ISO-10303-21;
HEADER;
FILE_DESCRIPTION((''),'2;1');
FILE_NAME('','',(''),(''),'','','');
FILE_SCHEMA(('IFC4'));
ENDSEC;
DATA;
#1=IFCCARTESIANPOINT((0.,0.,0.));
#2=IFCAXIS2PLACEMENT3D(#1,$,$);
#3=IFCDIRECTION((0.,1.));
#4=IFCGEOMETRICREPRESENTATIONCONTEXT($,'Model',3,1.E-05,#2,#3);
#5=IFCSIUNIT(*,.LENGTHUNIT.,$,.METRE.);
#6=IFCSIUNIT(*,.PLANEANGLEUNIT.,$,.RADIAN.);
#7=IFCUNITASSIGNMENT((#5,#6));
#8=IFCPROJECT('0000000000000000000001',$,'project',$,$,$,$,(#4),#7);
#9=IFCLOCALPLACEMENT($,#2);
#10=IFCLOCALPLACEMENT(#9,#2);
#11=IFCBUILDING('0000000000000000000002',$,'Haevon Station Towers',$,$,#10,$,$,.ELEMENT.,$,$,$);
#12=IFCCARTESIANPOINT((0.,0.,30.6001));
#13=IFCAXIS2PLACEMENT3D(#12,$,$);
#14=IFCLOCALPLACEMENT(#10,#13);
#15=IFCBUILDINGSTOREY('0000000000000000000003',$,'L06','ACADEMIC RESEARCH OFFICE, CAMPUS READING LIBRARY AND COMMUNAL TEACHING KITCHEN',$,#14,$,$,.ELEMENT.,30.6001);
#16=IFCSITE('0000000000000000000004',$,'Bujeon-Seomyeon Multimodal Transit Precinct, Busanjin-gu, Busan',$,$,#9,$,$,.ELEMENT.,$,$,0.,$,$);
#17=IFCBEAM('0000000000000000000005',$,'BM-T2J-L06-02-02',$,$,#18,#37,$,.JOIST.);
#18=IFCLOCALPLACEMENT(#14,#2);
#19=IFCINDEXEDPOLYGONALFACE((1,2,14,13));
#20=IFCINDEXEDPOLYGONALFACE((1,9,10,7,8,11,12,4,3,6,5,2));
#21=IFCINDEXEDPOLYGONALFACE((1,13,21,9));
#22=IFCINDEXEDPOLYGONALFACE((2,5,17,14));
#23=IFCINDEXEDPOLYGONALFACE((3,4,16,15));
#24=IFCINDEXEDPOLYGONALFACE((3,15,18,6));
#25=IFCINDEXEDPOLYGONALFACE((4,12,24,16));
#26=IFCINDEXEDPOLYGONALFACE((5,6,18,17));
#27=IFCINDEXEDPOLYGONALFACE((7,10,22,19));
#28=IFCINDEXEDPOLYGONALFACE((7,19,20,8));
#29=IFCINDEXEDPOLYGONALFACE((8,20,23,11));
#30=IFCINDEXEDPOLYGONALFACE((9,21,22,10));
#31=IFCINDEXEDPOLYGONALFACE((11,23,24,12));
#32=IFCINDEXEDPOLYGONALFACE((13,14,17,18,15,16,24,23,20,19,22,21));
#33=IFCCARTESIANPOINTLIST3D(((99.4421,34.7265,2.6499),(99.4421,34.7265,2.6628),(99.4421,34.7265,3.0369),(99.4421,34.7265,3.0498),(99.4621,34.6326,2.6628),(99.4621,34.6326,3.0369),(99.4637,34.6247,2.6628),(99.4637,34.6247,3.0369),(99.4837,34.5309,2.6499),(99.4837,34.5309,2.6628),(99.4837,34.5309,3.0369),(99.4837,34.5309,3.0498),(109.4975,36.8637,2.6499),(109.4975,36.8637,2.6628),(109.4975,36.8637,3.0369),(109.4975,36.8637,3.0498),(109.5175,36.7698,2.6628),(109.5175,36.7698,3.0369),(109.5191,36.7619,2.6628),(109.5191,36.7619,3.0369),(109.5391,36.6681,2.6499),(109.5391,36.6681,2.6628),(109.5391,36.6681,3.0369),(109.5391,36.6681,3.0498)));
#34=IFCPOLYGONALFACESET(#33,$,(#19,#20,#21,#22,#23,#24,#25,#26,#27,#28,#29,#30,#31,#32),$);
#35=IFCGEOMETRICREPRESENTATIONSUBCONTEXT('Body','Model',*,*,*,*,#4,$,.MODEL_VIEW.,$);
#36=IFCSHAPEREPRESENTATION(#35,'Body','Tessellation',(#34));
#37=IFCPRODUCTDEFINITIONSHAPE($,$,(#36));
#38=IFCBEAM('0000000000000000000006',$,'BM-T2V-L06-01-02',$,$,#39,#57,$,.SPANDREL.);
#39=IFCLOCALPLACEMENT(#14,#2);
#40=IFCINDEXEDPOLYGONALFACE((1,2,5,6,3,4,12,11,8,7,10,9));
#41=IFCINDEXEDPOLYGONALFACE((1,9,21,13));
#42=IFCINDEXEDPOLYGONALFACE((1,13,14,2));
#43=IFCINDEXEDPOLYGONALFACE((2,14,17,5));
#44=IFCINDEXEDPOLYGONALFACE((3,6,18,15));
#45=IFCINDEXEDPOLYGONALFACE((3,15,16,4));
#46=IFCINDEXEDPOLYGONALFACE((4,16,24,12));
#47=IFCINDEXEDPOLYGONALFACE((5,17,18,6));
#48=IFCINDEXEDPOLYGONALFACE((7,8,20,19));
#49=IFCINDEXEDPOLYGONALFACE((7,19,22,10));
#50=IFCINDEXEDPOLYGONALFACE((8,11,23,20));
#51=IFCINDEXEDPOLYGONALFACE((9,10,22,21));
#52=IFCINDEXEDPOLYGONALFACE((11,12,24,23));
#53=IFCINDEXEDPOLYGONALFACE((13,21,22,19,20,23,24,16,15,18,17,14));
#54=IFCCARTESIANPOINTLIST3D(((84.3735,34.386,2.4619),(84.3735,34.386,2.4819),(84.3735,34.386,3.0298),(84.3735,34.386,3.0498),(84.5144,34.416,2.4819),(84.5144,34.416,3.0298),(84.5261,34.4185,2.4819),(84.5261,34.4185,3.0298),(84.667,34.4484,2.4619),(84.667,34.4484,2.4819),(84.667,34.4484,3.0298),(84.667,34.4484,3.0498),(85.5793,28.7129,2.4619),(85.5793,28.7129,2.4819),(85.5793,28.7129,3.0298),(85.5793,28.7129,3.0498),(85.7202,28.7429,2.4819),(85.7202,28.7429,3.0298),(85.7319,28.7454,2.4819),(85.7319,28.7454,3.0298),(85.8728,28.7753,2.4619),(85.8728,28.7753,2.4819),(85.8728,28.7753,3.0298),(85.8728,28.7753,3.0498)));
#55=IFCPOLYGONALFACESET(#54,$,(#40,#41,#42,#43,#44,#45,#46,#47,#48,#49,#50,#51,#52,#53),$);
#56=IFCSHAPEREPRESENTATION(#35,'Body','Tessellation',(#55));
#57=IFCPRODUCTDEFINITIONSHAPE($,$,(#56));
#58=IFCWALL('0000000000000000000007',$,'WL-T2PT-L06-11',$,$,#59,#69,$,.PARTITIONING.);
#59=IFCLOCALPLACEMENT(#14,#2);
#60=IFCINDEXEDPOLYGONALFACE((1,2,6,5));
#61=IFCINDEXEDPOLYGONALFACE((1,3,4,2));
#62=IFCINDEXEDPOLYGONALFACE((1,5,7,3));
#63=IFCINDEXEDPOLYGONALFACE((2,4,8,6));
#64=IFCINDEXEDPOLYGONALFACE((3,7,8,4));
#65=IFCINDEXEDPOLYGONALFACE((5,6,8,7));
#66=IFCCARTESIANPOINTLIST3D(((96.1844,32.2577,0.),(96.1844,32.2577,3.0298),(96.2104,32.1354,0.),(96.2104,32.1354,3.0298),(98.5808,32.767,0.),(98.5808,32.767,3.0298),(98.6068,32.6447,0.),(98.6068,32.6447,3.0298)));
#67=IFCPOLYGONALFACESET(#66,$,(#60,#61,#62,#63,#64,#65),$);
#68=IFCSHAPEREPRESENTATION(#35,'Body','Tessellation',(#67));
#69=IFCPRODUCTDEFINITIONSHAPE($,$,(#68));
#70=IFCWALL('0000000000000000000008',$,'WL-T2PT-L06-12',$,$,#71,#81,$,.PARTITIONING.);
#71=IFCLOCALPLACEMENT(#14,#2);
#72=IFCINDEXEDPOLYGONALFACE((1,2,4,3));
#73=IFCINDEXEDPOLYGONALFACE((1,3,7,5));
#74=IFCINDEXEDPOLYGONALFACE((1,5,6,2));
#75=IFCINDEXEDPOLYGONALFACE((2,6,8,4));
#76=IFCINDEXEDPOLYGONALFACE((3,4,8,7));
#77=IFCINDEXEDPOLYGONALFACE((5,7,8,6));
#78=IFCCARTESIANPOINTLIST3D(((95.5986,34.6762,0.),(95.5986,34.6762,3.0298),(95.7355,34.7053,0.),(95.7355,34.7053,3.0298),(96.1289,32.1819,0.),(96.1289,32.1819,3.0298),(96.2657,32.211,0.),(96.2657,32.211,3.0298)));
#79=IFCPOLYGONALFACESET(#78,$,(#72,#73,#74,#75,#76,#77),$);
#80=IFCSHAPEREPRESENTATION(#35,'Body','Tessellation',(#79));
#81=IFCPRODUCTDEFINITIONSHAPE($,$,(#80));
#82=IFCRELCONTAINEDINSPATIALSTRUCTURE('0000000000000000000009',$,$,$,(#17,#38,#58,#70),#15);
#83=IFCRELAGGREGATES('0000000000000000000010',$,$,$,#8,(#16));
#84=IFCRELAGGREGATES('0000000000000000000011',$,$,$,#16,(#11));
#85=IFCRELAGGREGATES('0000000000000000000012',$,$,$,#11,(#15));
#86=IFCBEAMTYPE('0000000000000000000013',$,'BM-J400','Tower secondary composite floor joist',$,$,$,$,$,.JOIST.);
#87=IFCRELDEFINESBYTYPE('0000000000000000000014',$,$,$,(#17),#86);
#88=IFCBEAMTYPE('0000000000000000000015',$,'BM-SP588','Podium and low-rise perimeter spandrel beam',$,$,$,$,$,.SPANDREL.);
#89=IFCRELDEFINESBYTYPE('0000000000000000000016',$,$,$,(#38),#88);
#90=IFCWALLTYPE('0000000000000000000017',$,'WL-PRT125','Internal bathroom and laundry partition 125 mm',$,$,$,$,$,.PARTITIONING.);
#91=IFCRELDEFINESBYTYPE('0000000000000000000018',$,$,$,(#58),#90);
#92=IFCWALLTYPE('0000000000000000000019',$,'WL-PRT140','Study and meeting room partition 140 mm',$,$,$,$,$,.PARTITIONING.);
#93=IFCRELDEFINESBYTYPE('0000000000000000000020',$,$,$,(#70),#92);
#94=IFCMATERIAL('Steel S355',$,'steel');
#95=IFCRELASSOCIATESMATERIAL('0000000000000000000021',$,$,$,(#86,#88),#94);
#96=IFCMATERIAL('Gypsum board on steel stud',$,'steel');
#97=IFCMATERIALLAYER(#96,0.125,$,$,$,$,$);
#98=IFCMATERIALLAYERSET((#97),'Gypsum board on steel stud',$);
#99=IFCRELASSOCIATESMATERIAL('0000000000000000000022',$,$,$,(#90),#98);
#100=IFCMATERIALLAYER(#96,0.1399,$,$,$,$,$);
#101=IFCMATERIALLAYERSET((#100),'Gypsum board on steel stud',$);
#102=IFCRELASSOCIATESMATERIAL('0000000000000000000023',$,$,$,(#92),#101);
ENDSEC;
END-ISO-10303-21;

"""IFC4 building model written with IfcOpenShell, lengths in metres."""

from ifc_helpers import new_model, si_unit, direction, frame, frame_2d, origin, origin_2d, place, context, subcontext, project, spatial, rectangle, i_section, extrude, material, layer, layer_set, material_profile, profile_set, type_object, element, save


model = new_model("IFC4")

# Units and contexts
model_context = context("Model", 3, precision=1e-05, world=origin(), true_north=direction((0.0, 1.0)))
body_context = subcontext(model_context, "Body", "Model", "MODEL_VIEW")
ifc_project = project(units=[si_unit("LENGTHUNIT", "METRE"), si_unit("PLANEANGLEUNIT", "RADIAN")], contexts=[model_context])

# Site, building, storey
site_placement = place(None, origin())
site = spatial("IfcSite", under=ifc_project, at=site_placement, Name="Bujeon-Seomyeon Multimodal Transit Precinct, Busanjin-gu, Busan", CompositionType="ELEMENT", RefElevation=0.0)
building_placement = place(site_placement, origin())
building = spatial("IfcBuilding", under=site, at=building_placement, Name="Haevon Station Towers", CompositionType="ELEMENT")
storey_placement = place(building_placement, frame((0.0, 0.0, 30.6001)))
storey = spatial("IfcBuildingStorey", under=building, at=storey_placement, Name="L06", Description="ACADEMIC RESEARCH OFFICE, CAMPUS READING LIBRARY AND COMMUNAL TEACHING KITCHEN", CompositionType="ELEMENT", Elevation=30.6001)

# Beams
ifc_material_1 = material(Name="Steel S355", Category="steel")
ifc_material_profile_1 = material_profile(ifc_material_1, i_section(OverallWidth=0.2, OverallDepth=0.3999, WebThickness=0.0081, FlangeThickness=0.0129, at=origin_2d()), Name="H-400x200x8x13")
ifc_profile_set_1 = profile_set([ifc_material_profile_1], Name="Steel S355")
beam_type_1 = type_object("IfcBeamType", Name="BM-J400", Description="Tower secondary composite floor joist", PredefinedType="JOIST", material=ifc_profile_set_1)
beam_1_placement = place(storey_placement, frame((99.4629, 34.6287, 2.8499), z_axis=(0.97815, 0.207899, 0.0), x_axis=(-0.207899, 0.97815, 0.0)))
element("IfcBeam", 1, at=beam_1_placement, inside=storey, type_object=beam_type_1, Name="BM-T2J-L06-02-02", PredefinedType="JOIST", context=body_context, shape_type="SweptSolid", body=[
    extrude(i_section(OverallWidth=0.2, OverallDepth=0.3999, WebThickness=0.0081, FlangeThickness=0.0129, at=origin_2d()), origin(), (0.0, 0.0, 1.0), 10.28),
])
ifc_material_profile_2 = material_profile(ifc_material_1, i_section(OverallWidth=0.3, OverallDepth=0.5879, WebThickness=0.012, FlangeThickness=0.02, at=origin_2d()), Name="H-588x300x12x20")
ifc_profile_set_2 = profile_set([ifc_material_profile_2], Name="Steel S355")
beam_type_2 = type_object("IfcBeamType", Name="BM-SP588", Description="Podium and low-rise perimeter spandrel beam", PredefinedType="SPANDREL", material=ifc_profile_set_2)
beam_2_placement = place(storey_placement, frame((85.7261, 28.7441, 2.7559), z_axis=(-0.207905, 0.978149, 0.0), x_axis=(-0.978149, -0.207905, 0.0)))
element("IfcBeam", 2, at=beam_2_placement, inside=storey, type_object=beam_type_2, Name="BM-T2V-L06-01-02", PredefinedType="SPANDREL", context=body_context, shape_type="SweptSolid", body=[
    extrude(i_section(OverallWidth=0.3, OverallDepth=0.5879, WebThickness=0.012, FlangeThickness=0.02, at=origin_2d()), origin(), (0.0, 0.0, 1.0), 5.7998),
])

# Walls
ifc_material_2 = material(Name="Gypsum board on steel stud", Category="steel")
ifc_layer_1 = layer(ifc_material_2, 0.125)
ifc_layer_set_1 = layer_set([ifc_layer_1], Name="Gypsum board on steel stud")
wall_type_1 = type_object("IfcWallType", Name="WL-PRT125", Description="Internal bathroom and laundry partition 125 mm", PredefinedType="PARTITIONING", material=ifc_layer_set_1)
wall_1_placement = place(storey_placement, frame((96.1973, 32.1965, 0.0), z_axis=(0.0, 0.0, 1.0), x_axis=(0.978157, 0.207868, 0.0)))
element("IfcWall", 3, at=wall_1_placement, inside=storey, type_object=wall_type_1, Name="WL-T2PT-L06-11", PredefinedType="PARTITIONING", context=body_context, shape_type="SweptSolid", body=[
    extrude(rectangle(XDim=2.45, YDim=0.125, at=frame_2d((1.2251, 0.0))), origin(), (0.0, 0.0, 1.0), 3.0298),
])
ifc_layer_2 = layer(ifc_material_2, 0.1399)
ifc_layer_set_2 = layer_set([ifc_layer_2], Name="Gypsum board on steel stud")
wall_type_2 = type_object("IfcWallType", Name="WL-PRT140", Description="Study and meeting room partition 140 mm", PredefinedType="PARTITIONING", material=ifc_layer_set_2)
wall_2_placement = place(storey_placement, frame((96.1973, 32.1965, 0.0), z_axis=(0.0, 0.0, 1.0), x_axis=(-0.20794, 0.978142, 0.0)))
element("IfcWall", 4, at=wall_2_placement, inside=storey, type_object=wall_type_2, Name="WL-T2PT-L06-12", PredefinedType="PARTITIONING", context=body_context, shape_type="SweptSolid", body=[
    extrude(rectangle(XDim=2.55, YDim=0.1399, at=frame_2d((1.2749, 0.0))), origin(), (0.0, 0.0, 1.0), 3.0298),
])

save(model, "model.ifc")
